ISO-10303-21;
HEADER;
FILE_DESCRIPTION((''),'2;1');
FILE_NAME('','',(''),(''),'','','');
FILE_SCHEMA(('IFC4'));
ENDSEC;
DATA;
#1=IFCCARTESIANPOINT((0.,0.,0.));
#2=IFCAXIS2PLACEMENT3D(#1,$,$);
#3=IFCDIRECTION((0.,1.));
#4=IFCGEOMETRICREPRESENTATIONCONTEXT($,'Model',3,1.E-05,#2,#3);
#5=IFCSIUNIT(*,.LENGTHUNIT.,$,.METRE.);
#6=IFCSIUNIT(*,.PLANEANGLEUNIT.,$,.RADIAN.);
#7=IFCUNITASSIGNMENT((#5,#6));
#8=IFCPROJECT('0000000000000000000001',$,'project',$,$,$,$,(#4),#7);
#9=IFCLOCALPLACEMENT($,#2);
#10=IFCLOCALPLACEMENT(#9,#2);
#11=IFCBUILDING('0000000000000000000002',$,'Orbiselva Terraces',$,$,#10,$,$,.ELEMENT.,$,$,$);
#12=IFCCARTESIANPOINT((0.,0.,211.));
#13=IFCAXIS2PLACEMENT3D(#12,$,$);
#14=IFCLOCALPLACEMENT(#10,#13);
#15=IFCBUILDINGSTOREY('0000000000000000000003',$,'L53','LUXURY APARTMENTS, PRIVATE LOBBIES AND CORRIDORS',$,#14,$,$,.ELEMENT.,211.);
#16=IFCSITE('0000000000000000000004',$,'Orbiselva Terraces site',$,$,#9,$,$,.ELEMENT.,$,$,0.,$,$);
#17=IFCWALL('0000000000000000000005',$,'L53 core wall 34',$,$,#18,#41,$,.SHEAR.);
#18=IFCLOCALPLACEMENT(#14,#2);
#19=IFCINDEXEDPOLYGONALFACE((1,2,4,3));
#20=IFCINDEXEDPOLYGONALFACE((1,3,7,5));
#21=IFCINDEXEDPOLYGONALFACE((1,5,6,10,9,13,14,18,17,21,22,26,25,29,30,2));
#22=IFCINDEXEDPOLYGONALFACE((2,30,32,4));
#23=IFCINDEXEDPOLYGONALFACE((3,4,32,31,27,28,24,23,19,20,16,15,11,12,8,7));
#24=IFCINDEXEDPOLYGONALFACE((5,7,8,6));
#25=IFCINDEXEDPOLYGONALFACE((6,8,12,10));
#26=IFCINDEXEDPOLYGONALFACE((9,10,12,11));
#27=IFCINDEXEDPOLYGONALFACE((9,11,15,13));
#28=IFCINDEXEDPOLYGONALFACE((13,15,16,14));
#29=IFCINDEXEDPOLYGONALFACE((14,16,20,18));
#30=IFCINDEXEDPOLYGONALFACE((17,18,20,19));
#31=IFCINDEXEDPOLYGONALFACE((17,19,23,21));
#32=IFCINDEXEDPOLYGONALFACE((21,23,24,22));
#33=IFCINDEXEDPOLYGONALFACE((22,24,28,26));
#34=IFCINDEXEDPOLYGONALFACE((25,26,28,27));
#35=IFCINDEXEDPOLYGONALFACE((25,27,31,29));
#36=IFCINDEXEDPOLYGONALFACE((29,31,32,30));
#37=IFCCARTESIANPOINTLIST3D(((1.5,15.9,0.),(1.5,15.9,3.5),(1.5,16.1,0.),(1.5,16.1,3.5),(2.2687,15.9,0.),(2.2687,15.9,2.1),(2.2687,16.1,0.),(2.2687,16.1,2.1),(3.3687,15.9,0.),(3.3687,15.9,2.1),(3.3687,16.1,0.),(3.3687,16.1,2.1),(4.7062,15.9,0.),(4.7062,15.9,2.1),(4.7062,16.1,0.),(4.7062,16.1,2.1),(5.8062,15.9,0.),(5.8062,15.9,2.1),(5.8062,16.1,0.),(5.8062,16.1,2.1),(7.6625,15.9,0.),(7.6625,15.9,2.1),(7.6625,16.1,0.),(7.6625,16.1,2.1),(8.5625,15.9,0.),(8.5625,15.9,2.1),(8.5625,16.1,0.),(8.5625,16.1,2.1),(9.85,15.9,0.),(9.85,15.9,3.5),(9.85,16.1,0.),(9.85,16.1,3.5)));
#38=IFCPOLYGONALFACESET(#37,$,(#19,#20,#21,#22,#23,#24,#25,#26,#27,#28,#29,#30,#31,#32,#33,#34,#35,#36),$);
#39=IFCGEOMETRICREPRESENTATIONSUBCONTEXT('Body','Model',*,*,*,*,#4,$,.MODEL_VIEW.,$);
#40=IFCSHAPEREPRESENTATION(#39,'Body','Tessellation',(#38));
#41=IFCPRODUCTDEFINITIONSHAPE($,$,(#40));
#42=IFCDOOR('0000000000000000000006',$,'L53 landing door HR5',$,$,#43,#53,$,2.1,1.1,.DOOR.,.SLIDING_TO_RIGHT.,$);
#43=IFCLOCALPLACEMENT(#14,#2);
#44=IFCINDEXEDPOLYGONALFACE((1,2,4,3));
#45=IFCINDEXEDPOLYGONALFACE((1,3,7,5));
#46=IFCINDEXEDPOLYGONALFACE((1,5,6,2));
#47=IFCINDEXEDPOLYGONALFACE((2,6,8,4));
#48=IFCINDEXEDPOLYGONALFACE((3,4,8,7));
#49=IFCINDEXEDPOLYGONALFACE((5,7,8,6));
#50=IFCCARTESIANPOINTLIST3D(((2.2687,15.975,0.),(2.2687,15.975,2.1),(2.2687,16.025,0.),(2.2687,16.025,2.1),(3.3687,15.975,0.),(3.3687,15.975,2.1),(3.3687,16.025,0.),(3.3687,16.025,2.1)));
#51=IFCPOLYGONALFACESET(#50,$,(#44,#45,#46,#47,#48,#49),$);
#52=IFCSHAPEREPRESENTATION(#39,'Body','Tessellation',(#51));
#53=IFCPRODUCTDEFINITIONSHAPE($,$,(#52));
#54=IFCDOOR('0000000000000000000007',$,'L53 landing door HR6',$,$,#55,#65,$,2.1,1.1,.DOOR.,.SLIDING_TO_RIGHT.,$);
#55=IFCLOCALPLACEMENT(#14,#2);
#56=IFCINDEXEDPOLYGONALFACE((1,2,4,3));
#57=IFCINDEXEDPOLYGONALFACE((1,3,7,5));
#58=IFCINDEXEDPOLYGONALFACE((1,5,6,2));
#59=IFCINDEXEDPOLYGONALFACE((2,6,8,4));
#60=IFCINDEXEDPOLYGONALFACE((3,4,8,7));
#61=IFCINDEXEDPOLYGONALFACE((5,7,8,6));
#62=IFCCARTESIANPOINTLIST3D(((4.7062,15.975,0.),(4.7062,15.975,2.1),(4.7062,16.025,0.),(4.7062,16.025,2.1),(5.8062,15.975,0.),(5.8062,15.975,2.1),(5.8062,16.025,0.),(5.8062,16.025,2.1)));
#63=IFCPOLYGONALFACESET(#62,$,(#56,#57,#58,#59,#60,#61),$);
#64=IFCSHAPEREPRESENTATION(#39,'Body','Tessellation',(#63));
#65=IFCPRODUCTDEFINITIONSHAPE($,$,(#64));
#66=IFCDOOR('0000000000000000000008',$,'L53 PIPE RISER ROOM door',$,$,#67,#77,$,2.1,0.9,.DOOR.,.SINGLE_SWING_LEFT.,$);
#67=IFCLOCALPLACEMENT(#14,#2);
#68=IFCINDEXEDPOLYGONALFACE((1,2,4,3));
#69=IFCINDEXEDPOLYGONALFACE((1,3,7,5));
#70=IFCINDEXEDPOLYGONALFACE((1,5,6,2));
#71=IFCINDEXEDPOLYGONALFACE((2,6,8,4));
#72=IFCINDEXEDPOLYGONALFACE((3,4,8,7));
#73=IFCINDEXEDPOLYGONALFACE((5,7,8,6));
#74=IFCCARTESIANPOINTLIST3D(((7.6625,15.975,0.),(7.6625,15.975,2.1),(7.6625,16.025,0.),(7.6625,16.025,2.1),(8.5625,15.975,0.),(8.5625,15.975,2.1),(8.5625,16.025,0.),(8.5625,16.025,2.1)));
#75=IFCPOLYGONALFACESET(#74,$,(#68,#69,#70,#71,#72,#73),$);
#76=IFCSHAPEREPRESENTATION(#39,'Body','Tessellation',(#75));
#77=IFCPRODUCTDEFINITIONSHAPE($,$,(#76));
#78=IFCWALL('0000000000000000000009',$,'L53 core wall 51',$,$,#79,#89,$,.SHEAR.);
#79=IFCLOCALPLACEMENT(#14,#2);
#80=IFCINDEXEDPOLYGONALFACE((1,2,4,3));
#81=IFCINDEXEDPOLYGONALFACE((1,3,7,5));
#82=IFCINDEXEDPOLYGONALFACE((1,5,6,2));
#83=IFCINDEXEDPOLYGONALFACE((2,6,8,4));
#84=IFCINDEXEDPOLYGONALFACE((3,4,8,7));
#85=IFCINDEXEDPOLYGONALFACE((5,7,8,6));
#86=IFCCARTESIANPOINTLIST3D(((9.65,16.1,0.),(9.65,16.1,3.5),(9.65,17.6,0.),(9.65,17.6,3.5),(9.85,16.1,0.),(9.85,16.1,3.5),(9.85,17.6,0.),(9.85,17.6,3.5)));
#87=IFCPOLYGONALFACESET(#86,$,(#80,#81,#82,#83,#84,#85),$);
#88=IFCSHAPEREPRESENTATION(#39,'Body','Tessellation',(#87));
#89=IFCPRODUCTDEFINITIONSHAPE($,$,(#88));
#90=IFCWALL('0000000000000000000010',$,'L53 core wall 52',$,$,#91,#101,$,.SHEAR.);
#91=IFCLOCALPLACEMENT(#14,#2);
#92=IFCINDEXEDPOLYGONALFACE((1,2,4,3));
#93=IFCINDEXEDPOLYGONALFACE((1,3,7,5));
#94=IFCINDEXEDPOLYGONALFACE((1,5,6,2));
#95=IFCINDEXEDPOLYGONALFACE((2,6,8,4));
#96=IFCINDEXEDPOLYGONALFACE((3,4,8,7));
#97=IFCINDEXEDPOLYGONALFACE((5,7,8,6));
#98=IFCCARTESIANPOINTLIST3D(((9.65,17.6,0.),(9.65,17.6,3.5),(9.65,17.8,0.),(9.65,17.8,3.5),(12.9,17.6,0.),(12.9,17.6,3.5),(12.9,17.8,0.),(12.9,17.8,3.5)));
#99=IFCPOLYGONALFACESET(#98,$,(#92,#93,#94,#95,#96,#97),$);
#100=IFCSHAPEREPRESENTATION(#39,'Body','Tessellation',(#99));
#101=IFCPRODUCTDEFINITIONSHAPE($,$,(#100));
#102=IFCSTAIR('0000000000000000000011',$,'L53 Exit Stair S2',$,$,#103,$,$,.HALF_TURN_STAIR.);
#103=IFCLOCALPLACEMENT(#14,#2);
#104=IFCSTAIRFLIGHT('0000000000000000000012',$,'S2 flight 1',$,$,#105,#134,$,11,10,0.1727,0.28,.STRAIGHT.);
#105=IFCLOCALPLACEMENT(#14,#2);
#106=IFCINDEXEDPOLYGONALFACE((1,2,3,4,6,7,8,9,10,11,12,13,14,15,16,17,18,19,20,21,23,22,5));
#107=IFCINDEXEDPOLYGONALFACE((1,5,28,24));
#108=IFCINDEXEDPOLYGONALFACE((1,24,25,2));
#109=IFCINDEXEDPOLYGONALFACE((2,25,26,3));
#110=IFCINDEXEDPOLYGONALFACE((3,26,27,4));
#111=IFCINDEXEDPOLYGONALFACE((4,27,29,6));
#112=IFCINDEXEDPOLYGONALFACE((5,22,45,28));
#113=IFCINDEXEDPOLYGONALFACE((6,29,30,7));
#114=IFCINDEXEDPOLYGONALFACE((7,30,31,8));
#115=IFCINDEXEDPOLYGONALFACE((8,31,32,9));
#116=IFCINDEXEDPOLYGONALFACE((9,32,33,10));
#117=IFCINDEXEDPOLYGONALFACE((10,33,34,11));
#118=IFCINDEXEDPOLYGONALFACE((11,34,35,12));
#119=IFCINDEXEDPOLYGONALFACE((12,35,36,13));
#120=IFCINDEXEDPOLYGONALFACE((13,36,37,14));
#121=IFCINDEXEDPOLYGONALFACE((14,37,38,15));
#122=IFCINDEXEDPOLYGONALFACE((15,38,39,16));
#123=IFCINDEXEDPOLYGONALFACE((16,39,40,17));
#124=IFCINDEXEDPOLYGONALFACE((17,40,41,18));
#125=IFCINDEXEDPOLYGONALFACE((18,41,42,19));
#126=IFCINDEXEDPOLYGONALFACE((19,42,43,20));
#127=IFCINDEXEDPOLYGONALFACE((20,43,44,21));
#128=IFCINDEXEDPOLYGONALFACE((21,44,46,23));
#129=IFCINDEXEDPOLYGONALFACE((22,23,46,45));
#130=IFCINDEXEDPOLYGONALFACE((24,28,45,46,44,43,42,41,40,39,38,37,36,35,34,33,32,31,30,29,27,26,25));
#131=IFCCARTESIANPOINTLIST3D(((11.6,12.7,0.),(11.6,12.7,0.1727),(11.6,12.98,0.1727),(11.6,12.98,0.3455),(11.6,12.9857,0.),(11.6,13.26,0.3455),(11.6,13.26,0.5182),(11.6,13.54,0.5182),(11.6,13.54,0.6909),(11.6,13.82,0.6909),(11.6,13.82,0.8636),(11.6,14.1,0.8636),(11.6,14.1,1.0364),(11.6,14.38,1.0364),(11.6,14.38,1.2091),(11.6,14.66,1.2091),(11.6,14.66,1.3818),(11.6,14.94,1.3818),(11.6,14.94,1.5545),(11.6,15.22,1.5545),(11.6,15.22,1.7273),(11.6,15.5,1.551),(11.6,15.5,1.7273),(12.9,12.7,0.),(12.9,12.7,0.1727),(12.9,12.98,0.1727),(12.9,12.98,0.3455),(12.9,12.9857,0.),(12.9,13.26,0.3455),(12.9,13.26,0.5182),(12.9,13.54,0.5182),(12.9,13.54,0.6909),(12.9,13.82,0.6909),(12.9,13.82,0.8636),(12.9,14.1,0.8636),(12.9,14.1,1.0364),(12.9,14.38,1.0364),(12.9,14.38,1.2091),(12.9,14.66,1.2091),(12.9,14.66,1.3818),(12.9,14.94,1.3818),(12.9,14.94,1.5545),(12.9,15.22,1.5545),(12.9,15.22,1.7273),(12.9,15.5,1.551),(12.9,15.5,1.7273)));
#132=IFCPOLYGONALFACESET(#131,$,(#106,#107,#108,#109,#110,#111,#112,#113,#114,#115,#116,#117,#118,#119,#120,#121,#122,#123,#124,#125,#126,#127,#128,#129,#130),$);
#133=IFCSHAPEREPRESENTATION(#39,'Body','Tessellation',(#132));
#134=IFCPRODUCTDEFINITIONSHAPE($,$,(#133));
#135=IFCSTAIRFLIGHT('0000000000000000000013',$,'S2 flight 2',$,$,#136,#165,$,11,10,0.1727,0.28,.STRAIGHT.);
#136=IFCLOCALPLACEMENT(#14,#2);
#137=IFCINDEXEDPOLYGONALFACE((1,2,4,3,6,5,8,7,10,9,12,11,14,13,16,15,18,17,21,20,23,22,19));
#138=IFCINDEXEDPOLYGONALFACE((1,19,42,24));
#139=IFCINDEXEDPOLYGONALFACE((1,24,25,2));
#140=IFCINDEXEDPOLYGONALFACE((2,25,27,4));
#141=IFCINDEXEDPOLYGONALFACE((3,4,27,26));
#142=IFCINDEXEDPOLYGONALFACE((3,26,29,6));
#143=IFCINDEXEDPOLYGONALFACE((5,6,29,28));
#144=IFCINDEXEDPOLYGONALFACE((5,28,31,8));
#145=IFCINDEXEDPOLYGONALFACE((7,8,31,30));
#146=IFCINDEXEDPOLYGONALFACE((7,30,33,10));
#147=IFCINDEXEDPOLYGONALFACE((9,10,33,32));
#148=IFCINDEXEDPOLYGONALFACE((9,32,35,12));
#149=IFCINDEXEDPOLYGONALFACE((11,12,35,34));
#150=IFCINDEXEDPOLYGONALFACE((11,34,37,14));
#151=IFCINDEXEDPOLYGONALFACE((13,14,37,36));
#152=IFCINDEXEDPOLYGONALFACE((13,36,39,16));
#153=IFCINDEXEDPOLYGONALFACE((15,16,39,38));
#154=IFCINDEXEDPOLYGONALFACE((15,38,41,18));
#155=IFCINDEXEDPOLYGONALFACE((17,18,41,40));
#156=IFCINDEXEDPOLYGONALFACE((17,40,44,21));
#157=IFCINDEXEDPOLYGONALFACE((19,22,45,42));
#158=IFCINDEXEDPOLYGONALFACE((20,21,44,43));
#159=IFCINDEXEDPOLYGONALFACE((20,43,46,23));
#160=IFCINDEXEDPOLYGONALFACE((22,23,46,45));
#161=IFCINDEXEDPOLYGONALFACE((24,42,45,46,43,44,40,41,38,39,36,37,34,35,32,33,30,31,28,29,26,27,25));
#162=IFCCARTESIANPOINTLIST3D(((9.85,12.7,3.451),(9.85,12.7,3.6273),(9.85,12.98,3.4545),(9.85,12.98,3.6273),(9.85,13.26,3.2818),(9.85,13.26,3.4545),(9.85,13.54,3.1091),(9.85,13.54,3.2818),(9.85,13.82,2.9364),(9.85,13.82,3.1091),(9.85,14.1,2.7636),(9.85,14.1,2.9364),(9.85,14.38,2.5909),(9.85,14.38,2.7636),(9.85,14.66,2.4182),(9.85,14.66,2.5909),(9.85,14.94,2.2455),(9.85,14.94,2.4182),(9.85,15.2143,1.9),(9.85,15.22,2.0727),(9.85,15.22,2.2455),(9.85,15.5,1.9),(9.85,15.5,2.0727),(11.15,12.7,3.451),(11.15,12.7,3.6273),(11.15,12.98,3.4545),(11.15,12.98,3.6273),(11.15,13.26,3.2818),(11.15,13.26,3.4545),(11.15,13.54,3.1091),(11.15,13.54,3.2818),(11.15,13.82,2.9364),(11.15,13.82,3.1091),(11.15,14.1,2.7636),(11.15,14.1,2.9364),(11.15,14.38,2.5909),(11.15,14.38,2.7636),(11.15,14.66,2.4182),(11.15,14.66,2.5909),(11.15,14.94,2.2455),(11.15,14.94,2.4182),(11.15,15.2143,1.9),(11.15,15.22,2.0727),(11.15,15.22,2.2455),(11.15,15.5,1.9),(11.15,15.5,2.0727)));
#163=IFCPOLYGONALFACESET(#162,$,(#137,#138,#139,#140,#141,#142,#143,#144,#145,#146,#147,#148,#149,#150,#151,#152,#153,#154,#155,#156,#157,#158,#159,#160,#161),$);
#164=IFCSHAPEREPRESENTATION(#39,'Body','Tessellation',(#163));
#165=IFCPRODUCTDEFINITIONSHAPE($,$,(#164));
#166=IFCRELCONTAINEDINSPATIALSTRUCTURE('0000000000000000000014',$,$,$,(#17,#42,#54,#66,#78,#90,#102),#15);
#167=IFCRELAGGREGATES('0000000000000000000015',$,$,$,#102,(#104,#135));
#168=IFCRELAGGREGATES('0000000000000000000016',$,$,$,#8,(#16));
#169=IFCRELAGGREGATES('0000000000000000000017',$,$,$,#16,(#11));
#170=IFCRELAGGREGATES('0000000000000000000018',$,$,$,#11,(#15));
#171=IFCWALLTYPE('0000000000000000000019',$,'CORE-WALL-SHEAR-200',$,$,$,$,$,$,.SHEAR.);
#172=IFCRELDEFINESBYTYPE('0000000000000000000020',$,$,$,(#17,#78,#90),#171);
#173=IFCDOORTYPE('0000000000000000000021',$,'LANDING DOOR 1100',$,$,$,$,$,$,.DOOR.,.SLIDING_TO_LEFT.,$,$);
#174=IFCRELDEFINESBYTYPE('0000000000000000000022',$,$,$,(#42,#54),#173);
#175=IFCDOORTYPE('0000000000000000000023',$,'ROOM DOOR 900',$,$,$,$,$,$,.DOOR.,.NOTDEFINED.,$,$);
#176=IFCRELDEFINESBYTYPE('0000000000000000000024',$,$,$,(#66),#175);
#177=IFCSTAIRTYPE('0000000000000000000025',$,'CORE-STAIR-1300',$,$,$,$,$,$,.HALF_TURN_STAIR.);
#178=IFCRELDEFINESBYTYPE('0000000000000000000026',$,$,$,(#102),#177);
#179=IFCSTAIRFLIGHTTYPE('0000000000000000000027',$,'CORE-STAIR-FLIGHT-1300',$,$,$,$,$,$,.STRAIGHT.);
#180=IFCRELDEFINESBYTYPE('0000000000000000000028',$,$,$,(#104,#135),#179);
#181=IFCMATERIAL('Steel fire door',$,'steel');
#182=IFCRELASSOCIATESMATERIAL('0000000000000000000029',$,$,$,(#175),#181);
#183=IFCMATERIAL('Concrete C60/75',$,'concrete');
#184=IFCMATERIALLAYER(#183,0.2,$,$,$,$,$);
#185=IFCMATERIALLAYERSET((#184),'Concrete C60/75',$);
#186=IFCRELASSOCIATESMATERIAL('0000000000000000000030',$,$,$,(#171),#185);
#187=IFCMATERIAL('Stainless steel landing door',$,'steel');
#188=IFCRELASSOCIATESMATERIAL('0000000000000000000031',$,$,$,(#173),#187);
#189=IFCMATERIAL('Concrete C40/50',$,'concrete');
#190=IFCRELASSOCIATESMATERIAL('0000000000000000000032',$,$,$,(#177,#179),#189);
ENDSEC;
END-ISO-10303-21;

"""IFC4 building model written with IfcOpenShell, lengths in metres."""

from ifc_helpers import new_model, si_unit, direction, frame, frame_2d, origin, place, context, subcontext, project, spatial, polyline, rectangle, outline, extrude, material, layer, layer_set, type_object, element, fill, aggregate, save


model = new_model("IFC4")

# Units and contexts
model_context = context("Model", 3, precision=1e-05, world=origin(), true_north=direction((0.0, 1.0)))
body_context = subcontext(model_context, "Body", "Model", "MODEL_VIEW")
ifc_project = project(units=[si_unit("LENGTHUNIT", "METRE"), si_unit("PLANEANGLEUNIT", "RADIAN")], contexts=[model_context])

# Site, building, storey
site_placement = place(None, origin())
site = spatial("IfcSite", under=ifc_project, at=site_placement, Name="Orbiselva Terraces site", CompositionType="ELEMENT", RefElevation=0.0)
building_placement = place(site_placement, origin())
building = spatial("IfcBuilding", under=site, at=building_placement, Name="Orbiselva Terraces", CompositionType="ELEMENT")
storey_placement = place(building_placement, frame((0.0, 0.0, 211.0)))
storey = spatial("IfcBuildingStorey", under=building, at=storey_placement, Name="L53", Description="LUXURY APARTMENTS, PRIVATE LOBBIES AND CORRIDORS", CompositionType="ELEMENT", Elevation=211.0)

# Shared definitions
ifc_material_1 = material(Name="Steel fire door", Category="steel")
door_type_1 = type_object("IfcDoorType", Name="ROOM DOOR 900", OperationType="NOTDEFINED", PredefinedType="DOOR", material=ifc_material_1)

# Shared definitions
ifc_material_2 = material(Name="Concrete C40/50", Category="concrete")
ifc_material_3 = material(Name="Concrete C60/75", Category="concrete")
ifc_layer_1 = layer(ifc_material_3, 0.2)
ifc_layer_set_1 = layer_set([ifc_layer_1], Name="Concrete C60/75")
wall_type_1 = type_object("IfcWallType", Name="CORE-WALL-SHEAR-200", PredefinedType="SHEAR", material=ifc_layer_set_1)

# Wall, openings, doors
wall_1_placement = place(storey_placement, frame((9.85, 16.0, 0.0), z_axis=(0.0, 0.0, 1.0), x_axis=(-1.0, 0.0, 0.0)))
wall_1 = element("IfcWall", 1, at=wall_1_placement, inside=storey, type_object=wall_type_1, Name="L53 core wall 34", PredefinedType="SHEAR", context=body_context, shape_type="SweptSolid", body=[
    extrude(rectangle(XDim=8.35, YDim=0.2, at=frame_2d((4.175, 0.0))), origin(), (0.0, 0.0, 1.0), 3.5),
])
opening_1_placement = place(wall_1_placement, frame((6.4813, 0.0, 0.0)))
opening_1 = element("IfcOpeningElement", 2, at=opening_1_placement, cuts=wall_1, PredefinedType="OPENING", context=body_context, shape_type="SweptSolid", body=[
    extrude(rectangle(XDim=1.1, YDim=2.1, at=frame_2d((0.55, 1.05))), frame((0.0, 0.11, 0.0), z_axis=(0.0, -1.0, 0.0), x_axis=(1.0, 0.0, 0.0)), (0.0, 0.0, 1.0), 0.22),
])
opening_2_placement = place(wall_1_placement, frame((4.0438, 0.0, 0.0)))
opening_2 = element("IfcOpeningElement", 3, at=opening_2_placement, cuts=wall_1, PredefinedType="OPENING", context=body_context, shape_type="SweptSolid", body=[
    extrude(rectangle(XDim=1.1, YDim=2.1, at=frame_2d((0.55, 1.05))), frame((0.0, 0.11, 0.0), z_axis=(0.0, -1.0, 0.0), x_axis=(1.0, 0.0, 0.0)), (0.0, 0.0, 1.0), 0.22),
])
opening_3_placement = place(wall_1_placement, frame((1.2875, 0.0, 0.0)))
opening_3 = element("IfcOpeningElement", 4, at=opening_3_placement, cuts=wall_1, PredefinedType="OPENING", context=body_context, shape_type="SweptSolid", body=[
    extrude(rectangle(XDim=0.9, YDim=2.1, at=frame_2d((0.45, 1.05))), frame((0.0, 0.11, 0.0), z_axis=(0.0, -1.0, 0.0), x_axis=(1.0, 0.0, 0.0)), (0.0, 0.0, 1.0), 0.22),
])
ifc_material_4 = material(Name="Stainless steel landing door", Category="steel")
door_type_2 = type_object("IfcDoorType", Name="LANDING DOOR 1100", OperationType="SLIDING_TO_LEFT", PredefinedType="DOOR", material=ifc_material_4)
door_1_placement = place(opening_1_placement, origin())
door_1 = element("IfcDoor", 5, at=door_1_placement, inside=storey, type_object=door_type_2, Name="L53 landing door HR5", OperationType="SLIDING_TO_RIGHT", OverallHeight=2.1, OverallWidth=1.1, PredefinedType="DOOR", context=body_context, shape_type="SweptSolid", body=[
    extrude(rectangle(XDim=1.1, YDim=2.1, at=frame_2d((0.55, 1.05))), frame((0.0, 0.025, 0.0), z_axis=(0.0, -1.0, 0.0), x_axis=(1.0, 0.0, 0.0)), (0.0, 0.0, 1.0), 0.05),
])
fill(opening_1, door_1)
door_2_placement = place(opening_2_placement, origin())
door_2 = element("IfcDoor", 6, at=door_2_placement, inside=storey, type_object=door_type_2, Name="L53 landing door HR6", OperationType="SLIDING_TO_RIGHT", OverallHeight=2.1, OverallWidth=1.1, PredefinedType="DOOR", context=body_context, shape_type="SweptSolid", body=[
    extrude(rectangle(XDim=1.1, YDim=2.1, at=frame_2d((0.55, 1.05))), frame((0.0, 0.025, 0.0), z_axis=(0.0, -1.0, 0.0), x_axis=(1.0, 0.0, 0.0)), (0.0, 0.0, 1.0), 0.05),
])
fill(opening_2, door_2)
door_3_placement = place(opening_3_placement, origin())
door_3 = element("IfcDoor", 7, at=door_3_placement, inside=storey, type_object=door_type_1, Name="L53 PIPE RISER ROOM door", OperationType="SINGLE_SWING_LEFT", OverallHeight=2.1, OverallWidth=0.9, PredefinedType="DOOR", context=body_context, shape_type="SweptSolid", body=[
    extrude(rectangle(XDim=0.9, YDim=2.1, at=frame_2d((0.45, 1.05))), frame((0.0, 0.025, 0.0), z_axis=(0.0, -1.0, 0.0), x_axis=(1.0, 0.0, 0.0)), (0.0, 0.0, 1.0), 0.05),
])
fill(opening_3, door_3)

# Walls
wall_2_placement = place(storey_placement, frame((9.75, 16.1, 0.0), z_axis=(0.0, 0.0, 1.0), x_axis=(0.0, 1.0, 0.0)))
element("IfcWall", 8, at=wall_2_placement, inside=storey, type_object=wall_type_1, Name="L53 core wall 51", PredefinedType="SHEAR", context=body_context, shape_type="SweptSolid", body=[
    extrude(rectangle(XDim=1.5, YDim=0.2, at=frame_2d((0.75, 0.0))), origin(), (0.0, 0.0, 1.0), 3.5),
])
wall_3_placement = place(storey_placement, frame((9.65, 17.7, 0.0), z_axis=(0.0, 0.0, 1.0), x_axis=(1.0, 0.0, 0.0)))
element("IfcWall", 9, at=wall_3_placement, inside=storey, type_object=wall_type_1, Name="L53 core wall 52", PredefinedType="SHEAR", context=body_context, shape_type="SweptSolid", body=[
    extrude(rectangle(XDim=3.25, YDim=0.2, at=frame_2d((1.625, 0.0))), origin(), (0.0, 0.0, 1.0), 3.5),
])

# Stair, stair flights
stair_type = type_object("IfcStairType", Name="CORE-STAIR-1300", PredefinedType="HALF_TURN_STAIR", material=ifc_material_2)
stair_placement = place(storey_placement, origin())
stair = element("IfcStair", 10, at=stair_placement, inside=storey, type_object=stair_type, Name="L53 Exit Stair S2", PredefinedType="HALF_TURN_STAIR")
stair_flight_type = type_object("IfcStairFlightType", Name="CORE-STAIR-FLIGHT-1300", PredefinedType="STRAIGHT", material=ifc_material_2)
stair_flight_1_placement = place(storey_placement, frame((12.25, 12.7, 0.0), z_axis=(0.0, 0.0, 1.0), x_axis=(0.0, 1.0, 0.0)))
stair_flight_1 = element("IfcStairFlight", 11, at=stair_flight_1_placement, type_object=stair_flight_type, Name="S2 flight 1", NumberOfRisers=11, NumberOfTreads=10, PredefinedType="STRAIGHT", RiserHeight=0.1727, TreadLength=0.28, context=body_context, shape_type="SweptSolid", body=[
    extrude(outline(polyline([(0.0, 0.0), (0.0, 0.1727), (0.28, 0.1727), (0.28, 0.3455), (0.56, 0.3455), (0.56, 0.5182), (0.84, 0.5182), (0.84, 0.6909), (1.12, 0.6909), (1.12, 0.8636), (1.4, 0.8636), (1.4, 1.0364), (1.68, 1.0364), (1.68, 1.2091), (1.96, 1.2091), (1.96, 1.3818), (2.24, 1.3818), (2.24, 1.5545), (2.52, 1.5545), (2.52, 1.7273), (2.8, 1.7273), (2.8, 1.9), (2.8, 1.551), (0.2857, 0.0), (0.0, 0.0)])), frame((0.0, 0.65, 0.0), z_axis=(0.0, -1.0, 0.0), x_axis=(1.0, 0.0, 0.0)), (0.0, 0.0, 1.0), 1.3),
])
stair_flight_2_placement = place(storey_placement, frame((10.5, 15.5, 1.9), z_axis=(0.0, 0.0, 1.0), x_axis=(0.0, -1.0, 0.0)))
stair_flight_2 = element("IfcStairFlight", 12, at=stair_flight_2_placement, type_object=stair_flight_type, Name="S2 flight 2", NumberOfRisers=11, NumberOfTreads=10, PredefinedType="STRAIGHT", RiserHeight=0.1727, TreadLength=0.28, context=body_context, shape_type="SweptSolid", body=[
    extrude(outline(polyline([(0.0, 0.0), (0.0, 0.1727), (0.28, 0.1727), (0.28, 0.3455), (0.56, 0.3455), (0.56, 0.5182), (0.84, 0.5182), (0.84, 0.6909), (1.12, 0.6909), (1.12, 0.8636), (1.4, 0.8636), (1.4, 1.0364), (1.68, 1.0364), (1.68, 1.2091), (1.96, 1.2091), (1.96, 1.3818), (2.24, 1.3818), (2.24, 1.5545), (2.52, 1.5545), (2.52, 1.7273), (2.8, 1.7273), (2.8, 1.9), (2.8, 1.551), (0.2857, 0.0), (0.0, 0.0)])), frame((0.0, 0.65, 0.0), z_axis=(0.0, -1.0, 0.0), x_axis=(1.0, 0.0, 0.0)), (0.0, 0.0, 1.0), 1.3),
])
aggregate(stair, [stair_flight_1, stair_flight_2])

save(model, "model.ifc")
